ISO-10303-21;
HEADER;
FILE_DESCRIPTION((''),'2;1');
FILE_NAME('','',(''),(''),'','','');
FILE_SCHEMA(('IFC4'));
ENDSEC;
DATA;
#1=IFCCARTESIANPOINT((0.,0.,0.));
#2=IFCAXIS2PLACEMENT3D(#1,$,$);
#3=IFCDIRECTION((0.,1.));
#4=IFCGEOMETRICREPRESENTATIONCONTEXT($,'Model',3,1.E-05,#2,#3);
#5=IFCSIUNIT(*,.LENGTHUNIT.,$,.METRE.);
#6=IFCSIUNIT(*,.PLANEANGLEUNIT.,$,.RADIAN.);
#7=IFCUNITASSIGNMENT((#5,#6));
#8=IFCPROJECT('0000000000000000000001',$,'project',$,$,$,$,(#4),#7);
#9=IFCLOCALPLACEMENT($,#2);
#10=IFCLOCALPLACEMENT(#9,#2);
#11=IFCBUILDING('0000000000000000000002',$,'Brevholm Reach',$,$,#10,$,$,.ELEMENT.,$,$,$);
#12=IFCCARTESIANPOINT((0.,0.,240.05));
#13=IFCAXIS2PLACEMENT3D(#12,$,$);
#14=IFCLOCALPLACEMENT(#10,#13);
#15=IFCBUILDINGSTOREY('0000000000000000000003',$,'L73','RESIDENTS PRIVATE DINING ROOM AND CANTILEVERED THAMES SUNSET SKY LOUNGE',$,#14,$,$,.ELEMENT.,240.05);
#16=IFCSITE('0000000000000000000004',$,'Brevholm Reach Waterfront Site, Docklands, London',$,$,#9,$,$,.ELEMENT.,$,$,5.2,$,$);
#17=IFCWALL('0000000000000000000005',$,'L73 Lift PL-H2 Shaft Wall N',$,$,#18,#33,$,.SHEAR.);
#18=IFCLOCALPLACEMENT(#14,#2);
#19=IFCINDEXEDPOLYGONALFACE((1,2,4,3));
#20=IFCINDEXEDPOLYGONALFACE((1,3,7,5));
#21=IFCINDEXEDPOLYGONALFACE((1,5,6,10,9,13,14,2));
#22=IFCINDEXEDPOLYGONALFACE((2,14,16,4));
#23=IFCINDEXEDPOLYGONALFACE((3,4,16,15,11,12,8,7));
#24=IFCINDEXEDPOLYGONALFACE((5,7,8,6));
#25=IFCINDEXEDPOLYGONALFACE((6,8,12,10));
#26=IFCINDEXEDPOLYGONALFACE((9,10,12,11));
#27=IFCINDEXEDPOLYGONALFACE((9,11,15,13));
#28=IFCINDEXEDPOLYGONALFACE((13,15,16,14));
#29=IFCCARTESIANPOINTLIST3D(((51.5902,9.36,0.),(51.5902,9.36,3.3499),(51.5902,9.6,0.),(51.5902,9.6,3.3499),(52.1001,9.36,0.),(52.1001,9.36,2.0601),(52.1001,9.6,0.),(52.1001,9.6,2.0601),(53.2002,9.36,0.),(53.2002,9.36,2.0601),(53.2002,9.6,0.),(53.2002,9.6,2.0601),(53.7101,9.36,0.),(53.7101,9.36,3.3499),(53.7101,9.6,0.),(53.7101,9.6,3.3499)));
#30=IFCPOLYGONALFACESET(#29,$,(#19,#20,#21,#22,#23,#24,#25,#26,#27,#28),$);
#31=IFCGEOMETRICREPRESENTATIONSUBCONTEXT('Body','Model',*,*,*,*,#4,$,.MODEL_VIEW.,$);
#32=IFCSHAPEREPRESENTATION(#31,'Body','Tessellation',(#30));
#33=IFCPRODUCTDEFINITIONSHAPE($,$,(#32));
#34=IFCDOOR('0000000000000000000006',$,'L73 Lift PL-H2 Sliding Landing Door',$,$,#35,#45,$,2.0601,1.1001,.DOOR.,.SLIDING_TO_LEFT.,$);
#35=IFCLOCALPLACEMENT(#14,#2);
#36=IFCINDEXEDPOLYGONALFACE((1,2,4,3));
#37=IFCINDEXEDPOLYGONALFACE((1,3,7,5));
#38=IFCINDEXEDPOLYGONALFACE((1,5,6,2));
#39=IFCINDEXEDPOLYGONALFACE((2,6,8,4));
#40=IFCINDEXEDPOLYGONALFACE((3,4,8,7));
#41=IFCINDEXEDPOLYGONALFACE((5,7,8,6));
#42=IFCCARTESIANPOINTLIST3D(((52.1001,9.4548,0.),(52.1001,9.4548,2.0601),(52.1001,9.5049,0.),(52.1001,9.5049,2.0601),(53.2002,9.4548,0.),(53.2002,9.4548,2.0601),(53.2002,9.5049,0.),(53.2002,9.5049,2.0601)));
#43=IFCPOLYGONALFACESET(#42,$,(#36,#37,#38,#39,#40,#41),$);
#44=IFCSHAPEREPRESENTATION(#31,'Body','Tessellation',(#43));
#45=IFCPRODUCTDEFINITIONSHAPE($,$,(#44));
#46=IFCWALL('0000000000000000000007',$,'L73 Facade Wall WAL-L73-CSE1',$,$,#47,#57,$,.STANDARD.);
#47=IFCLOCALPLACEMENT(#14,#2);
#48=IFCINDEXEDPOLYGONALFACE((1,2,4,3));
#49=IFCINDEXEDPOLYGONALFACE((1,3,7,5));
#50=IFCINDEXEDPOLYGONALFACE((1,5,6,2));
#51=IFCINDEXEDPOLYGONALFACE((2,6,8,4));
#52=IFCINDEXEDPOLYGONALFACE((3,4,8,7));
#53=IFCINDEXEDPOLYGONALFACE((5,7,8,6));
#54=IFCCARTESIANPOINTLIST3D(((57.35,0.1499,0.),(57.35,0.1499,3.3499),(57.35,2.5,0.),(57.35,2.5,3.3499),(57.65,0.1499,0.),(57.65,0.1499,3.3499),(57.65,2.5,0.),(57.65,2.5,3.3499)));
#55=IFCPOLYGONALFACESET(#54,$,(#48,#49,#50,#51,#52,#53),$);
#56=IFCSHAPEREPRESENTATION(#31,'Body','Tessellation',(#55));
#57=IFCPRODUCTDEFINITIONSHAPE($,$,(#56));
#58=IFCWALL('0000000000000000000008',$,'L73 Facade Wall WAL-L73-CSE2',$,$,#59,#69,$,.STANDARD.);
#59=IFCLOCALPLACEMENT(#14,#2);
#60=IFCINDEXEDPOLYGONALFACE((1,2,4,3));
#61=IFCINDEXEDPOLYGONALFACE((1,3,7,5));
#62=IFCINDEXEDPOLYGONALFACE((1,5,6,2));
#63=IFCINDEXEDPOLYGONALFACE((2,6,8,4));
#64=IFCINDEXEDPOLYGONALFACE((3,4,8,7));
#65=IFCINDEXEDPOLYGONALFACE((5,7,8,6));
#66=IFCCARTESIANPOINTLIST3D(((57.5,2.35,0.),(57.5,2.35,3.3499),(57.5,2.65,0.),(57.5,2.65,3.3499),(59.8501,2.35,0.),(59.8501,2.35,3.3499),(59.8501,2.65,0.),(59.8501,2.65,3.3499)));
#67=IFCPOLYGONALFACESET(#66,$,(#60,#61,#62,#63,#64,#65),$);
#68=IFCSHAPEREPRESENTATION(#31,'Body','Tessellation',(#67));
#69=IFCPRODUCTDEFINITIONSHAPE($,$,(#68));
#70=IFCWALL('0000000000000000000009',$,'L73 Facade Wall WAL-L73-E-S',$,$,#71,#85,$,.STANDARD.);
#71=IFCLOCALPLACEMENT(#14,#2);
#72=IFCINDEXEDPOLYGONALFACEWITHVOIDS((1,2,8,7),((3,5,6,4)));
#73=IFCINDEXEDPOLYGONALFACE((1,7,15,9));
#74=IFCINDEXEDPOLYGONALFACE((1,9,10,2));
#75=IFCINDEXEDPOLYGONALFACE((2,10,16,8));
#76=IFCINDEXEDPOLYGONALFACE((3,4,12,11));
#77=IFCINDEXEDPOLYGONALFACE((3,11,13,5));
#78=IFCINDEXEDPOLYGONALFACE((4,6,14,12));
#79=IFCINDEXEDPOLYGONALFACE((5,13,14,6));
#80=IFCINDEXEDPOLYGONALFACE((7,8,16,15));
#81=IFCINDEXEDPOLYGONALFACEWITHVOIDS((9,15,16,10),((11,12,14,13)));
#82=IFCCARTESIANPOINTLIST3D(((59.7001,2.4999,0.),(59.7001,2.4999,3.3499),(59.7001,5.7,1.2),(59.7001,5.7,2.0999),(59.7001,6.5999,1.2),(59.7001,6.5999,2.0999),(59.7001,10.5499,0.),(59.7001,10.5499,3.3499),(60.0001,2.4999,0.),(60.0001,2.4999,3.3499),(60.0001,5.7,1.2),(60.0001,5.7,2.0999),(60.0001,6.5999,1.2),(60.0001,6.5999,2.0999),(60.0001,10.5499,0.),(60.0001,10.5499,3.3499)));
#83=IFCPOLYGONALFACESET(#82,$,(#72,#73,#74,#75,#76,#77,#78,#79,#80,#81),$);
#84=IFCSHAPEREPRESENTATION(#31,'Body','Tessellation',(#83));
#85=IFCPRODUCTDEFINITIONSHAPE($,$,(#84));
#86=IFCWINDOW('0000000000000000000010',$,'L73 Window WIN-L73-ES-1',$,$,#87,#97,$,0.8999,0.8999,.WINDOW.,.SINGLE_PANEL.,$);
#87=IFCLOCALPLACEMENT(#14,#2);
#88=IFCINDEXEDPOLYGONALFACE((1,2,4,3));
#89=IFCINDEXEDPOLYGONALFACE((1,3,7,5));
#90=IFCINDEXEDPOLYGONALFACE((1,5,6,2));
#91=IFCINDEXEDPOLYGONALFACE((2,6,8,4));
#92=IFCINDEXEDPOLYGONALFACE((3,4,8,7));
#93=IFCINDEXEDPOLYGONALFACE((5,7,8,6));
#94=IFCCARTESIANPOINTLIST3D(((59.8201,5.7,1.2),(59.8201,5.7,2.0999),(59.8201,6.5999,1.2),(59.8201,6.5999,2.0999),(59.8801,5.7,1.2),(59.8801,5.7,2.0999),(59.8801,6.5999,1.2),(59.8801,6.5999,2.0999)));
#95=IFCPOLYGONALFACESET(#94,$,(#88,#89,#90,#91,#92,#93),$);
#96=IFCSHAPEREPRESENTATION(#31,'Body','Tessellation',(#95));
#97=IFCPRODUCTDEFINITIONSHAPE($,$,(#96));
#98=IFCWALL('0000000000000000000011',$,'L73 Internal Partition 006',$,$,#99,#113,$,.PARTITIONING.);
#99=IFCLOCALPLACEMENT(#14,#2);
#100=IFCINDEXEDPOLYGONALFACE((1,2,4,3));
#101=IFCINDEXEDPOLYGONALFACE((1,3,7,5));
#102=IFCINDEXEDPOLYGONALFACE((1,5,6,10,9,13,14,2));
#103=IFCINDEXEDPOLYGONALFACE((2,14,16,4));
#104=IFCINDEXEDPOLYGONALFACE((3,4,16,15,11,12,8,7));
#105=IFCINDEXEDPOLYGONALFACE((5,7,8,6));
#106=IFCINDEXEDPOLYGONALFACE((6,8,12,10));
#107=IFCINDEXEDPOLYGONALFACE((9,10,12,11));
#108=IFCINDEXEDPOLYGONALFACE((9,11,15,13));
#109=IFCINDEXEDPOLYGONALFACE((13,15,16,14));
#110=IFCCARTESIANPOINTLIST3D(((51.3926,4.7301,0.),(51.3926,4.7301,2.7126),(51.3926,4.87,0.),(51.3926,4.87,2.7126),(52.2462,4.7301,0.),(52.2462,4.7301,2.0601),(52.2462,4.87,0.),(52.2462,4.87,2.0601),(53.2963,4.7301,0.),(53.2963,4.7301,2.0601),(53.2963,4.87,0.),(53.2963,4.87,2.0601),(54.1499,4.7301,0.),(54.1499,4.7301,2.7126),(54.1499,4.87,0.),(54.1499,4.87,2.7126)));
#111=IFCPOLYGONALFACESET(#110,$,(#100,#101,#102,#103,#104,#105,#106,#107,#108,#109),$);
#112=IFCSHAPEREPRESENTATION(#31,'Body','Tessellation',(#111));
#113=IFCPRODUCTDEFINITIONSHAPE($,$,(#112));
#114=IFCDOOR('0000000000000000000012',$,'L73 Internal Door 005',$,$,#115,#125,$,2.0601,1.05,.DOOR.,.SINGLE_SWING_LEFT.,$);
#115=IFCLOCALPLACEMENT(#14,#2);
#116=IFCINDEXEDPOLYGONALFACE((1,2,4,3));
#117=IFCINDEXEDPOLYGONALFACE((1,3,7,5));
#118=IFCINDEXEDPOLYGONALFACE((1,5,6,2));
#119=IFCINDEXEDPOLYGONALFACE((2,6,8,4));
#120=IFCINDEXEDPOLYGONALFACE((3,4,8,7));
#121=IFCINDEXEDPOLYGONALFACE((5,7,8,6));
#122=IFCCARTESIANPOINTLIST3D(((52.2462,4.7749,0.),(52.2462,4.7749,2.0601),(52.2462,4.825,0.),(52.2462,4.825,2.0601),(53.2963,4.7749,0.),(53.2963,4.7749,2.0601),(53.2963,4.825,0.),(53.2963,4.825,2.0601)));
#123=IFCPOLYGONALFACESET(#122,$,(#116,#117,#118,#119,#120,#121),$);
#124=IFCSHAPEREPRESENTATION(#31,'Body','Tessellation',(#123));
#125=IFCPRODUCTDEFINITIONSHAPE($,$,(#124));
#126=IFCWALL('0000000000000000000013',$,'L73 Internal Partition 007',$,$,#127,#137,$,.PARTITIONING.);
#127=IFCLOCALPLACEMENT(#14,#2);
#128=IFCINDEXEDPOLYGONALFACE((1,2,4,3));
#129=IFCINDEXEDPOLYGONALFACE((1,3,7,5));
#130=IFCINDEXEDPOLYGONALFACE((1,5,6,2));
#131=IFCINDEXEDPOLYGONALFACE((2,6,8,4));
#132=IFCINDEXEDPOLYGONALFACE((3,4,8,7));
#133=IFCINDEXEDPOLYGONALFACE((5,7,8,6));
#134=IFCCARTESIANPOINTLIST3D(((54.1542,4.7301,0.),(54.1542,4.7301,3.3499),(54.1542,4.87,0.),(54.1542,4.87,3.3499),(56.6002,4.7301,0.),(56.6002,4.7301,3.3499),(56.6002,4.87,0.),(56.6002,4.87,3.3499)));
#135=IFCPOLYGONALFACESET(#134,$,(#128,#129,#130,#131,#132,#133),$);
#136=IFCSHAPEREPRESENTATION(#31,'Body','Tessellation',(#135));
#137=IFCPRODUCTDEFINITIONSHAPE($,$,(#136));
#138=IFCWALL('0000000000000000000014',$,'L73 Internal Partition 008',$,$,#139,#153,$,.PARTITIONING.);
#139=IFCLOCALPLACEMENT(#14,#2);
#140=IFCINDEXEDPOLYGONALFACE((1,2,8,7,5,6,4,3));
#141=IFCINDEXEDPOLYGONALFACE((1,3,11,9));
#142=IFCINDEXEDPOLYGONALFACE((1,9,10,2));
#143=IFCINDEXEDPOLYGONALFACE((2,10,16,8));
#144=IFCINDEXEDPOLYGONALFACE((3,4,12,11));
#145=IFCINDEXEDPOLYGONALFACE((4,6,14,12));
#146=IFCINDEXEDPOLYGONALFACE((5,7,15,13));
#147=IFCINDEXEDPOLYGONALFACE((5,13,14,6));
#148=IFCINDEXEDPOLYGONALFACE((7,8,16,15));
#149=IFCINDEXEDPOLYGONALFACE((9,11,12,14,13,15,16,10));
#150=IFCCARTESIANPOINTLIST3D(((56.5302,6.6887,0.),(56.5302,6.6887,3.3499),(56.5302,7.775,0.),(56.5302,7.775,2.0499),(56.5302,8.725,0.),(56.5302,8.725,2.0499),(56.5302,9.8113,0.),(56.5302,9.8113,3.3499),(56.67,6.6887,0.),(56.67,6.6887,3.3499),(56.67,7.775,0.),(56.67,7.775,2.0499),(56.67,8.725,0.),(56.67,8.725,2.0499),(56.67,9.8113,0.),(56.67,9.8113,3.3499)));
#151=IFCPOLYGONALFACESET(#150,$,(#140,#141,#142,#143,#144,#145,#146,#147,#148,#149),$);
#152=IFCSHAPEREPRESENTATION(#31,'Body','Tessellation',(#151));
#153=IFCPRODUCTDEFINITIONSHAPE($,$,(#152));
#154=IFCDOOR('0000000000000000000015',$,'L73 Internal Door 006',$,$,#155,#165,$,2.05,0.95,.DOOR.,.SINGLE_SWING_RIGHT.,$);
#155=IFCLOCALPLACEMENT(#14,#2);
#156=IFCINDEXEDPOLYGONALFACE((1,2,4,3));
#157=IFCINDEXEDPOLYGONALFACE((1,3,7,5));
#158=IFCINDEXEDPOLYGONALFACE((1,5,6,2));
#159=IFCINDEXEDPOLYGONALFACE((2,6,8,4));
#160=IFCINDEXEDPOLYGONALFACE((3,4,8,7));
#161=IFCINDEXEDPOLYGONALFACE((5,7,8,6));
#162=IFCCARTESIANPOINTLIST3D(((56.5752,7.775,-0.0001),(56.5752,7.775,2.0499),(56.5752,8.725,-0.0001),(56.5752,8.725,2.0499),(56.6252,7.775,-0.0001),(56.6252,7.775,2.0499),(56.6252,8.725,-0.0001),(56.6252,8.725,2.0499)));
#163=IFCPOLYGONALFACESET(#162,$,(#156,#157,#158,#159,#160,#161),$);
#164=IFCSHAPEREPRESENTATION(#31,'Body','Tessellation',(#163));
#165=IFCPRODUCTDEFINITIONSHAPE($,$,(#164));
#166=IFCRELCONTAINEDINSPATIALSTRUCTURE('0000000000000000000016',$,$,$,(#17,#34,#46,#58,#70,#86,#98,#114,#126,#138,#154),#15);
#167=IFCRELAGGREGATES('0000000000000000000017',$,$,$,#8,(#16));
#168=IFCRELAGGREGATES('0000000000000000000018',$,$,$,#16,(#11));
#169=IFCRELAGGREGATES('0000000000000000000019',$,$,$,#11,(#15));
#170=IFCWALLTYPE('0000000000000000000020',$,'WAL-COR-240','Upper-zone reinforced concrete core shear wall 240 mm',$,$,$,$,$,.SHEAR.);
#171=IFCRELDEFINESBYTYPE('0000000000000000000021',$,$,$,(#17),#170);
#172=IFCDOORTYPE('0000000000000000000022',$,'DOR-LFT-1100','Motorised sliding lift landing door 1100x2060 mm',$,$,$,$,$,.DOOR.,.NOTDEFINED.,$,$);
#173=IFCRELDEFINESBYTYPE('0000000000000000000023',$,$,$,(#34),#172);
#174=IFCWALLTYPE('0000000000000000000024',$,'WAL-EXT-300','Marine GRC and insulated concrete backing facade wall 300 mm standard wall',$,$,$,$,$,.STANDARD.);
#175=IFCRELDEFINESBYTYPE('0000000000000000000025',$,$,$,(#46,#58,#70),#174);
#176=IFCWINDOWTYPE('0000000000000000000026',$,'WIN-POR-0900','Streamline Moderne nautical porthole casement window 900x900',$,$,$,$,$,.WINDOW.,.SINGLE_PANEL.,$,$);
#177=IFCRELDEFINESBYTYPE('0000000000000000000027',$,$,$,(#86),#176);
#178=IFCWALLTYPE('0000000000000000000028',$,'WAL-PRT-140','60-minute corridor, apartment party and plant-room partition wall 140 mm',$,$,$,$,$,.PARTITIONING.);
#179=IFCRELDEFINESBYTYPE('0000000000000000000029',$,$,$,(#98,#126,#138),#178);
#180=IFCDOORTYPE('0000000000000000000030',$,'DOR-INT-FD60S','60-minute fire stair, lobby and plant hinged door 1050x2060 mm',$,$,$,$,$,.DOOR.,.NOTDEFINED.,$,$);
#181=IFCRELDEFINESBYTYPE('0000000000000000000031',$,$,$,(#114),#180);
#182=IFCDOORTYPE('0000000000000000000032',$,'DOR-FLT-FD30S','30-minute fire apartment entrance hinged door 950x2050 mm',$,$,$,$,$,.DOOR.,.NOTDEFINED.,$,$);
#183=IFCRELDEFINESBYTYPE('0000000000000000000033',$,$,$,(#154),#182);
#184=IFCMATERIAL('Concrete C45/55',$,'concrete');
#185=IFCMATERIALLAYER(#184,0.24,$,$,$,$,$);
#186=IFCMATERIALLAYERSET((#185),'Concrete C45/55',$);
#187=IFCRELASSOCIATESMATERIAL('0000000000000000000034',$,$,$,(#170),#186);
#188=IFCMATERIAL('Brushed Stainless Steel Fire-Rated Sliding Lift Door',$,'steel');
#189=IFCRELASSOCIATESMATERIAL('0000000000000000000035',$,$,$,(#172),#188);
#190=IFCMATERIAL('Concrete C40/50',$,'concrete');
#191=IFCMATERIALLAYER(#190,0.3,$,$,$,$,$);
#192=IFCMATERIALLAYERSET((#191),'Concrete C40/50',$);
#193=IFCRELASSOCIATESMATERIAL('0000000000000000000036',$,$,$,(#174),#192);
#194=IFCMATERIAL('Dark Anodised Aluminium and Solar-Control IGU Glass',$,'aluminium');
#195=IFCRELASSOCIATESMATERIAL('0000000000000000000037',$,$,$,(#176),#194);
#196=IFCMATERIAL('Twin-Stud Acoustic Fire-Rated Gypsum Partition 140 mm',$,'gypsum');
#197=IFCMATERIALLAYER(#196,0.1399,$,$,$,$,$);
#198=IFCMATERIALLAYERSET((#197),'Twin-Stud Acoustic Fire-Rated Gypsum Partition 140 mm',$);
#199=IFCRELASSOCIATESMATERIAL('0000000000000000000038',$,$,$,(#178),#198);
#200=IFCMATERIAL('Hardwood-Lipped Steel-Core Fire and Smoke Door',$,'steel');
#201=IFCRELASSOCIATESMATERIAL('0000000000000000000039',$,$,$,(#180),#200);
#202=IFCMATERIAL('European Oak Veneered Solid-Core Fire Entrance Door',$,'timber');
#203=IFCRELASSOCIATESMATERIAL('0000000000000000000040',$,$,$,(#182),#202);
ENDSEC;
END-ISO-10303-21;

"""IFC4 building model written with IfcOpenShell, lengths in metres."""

from ifc_helpers import new_model, si_unit, direction, frame, frame_2d, origin, place, context, subcontext, project, spatial, rectangle, extrude, material, layer, layer_set, type_object, element, fill, save


model = new_model("IFC4")

# Units and contexts
model_context = context("Model", 3, precision=1e-05, world=origin(), true_north=direction((0.0, 1.0)))
body_context = subcontext(model_context, "Body", "Model", "MODEL_VIEW")
ifc_project = project(units=[si_unit("LENGTHUNIT", "METRE"), si_unit("PLANEANGLEUNIT", "RADIAN")], contexts=[model_context])

# Site, building, storey
site_placement = place(None, origin())
site = spatial("IfcSite", under=ifc_project, at=site_placement, Name="Brevholm Reach Waterfront Site, Docklands, London", CompositionType="ELEMENT", RefElevation=5.2)
building_placement = place(site_placement, origin())
building = spatial("IfcBuilding", under=site, at=building_placement, Name="Brevholm Reach", CompositionType="ELEMENT")
storey_placement = place(building_placement, frame((0.0, 0.0, 240.05)))
storey = spatial("IfcBuildingStorey", under=building, at=storey_placement, Name="L73", Description="RESIDENTS PRIVATE DINING ROOM AND CANTILEVERED THAMES SUNSET SKY LOUNGE", CompositionType="ELEMENT", Elevation=240.05)

# Shared definitions
ifc_material_1 = material(Name="Concrete C45/55", Category="concrete")
ifc_layer_1 = layer(ifc_material_1, 0.24)
ifc_layer_set_1 = layer_set([ifc_layer_1], Name="Concrete C45/55")
wall_type_1 = type_object("IfcWallType", Name="WAL-COR-240", Description="Upper-zone reinforced concrete core shear wall 240 mm", PredefinedType="SHEAR", material=ifc_layer_set_1)

# Wall, opening, door
wall_1_placement = place(storey_placement, frame((51.5901, 9.48, 0.0), z_axis=(0.0, 0.0, 1.0), x_axis=(1.0, 0.0, 0.0)))
wall_1 = element("IfcWall", 1, at=wall_1_placement, inside=storey, type_object=wall_type_1, Name="L73 Lift PL-H2 Shaft Wall N", PredefinedType="SHEAR", context=body_context, shape_type="SweptSolid", body=[
    extrude(rectangle(XDim=2.1199, YDim=0.24, at=frame_2d((1.0601, 0.0))), origin(), (0.0, 0.0, 1.0), 3.3499),
])
opening_1_placement = place(wall_1_placement, frame((0.51, 0.0, 0.0)))
opening_1 = element("IfcOpeningElement", 2, at=opening_1_placement, cuts=wall_1, PredefinedType="OPENING", context=body_context, shape_type="SweptSolid", body=[
    extrude(rectangle(XDim=1.1001, YDim=2.0601, at=frame_2d((0.55, 1.03))), frame((0.0, 0.1299, 0.0), z_axis=(0.0, -1.0, 0.0), x_axis=(1.0, 0.0, 0.0)), (0.0, 0.0, 1.0), 0.26),
])
ifc_material_2 = material(Name="Brushed Stainless Steel Fire-Rated Sliding Lift Door", Category="steel")
door_type_1 = type_object("IfcDoorType", Name="DOR-LFT-1100", Description="Motorised sliding lift landing door 1100x2060 mm", OperationType="NOTDEFINED", PredefinedType="DOOR", material=ifc_material_2)
door_1_placement = place(opening_1_placement, origin())
door_1 = element("IfcDoor", 3, at=door_1_placement, inside=storey, type_object=door_type_1, Name="L73 Lift PL-H2 Sliding Landing Door", OperationType="SLIDING_TO_LEFT", OverallHeight=2.0601, OverallWidth=1.1001, PredefinedType="DOOR", context=body_context, shape_type="SweptSolid", body=[
    extrude(rectangle(XDim=1.1001, YDim=2.0601, at=frame_2d((0.55, 1.03))), frame((0.0, 0.0249, 0.0), z_axis=(0.0, -1.0, 0.0), x_axis=(1.0, 0.0, 0.0)), (0.0, 0.0, 1.0), 0.05),
])
fill(opening_1, door_1)

# Walls
ifc_material_3 = material(Name="Concrete C40/50", Category="concrete")
ifc_layer_2 = layer(ifc_material_3, 0.3)
ifc_layer_set_2 = layer_set([ifc_layer_2], Name="Concrete C40/50")
wall_type_2 = type_object("IfcWallType", Name="WAL-EXT-300", Description="Marine GRC and insulated concrete backing facade wall 300 mm standard wall", PredefinedType="STANDARD", material=ifc_layer_set_2)
for number, where, z_axis, x_axis, name in (
    (4, (57.5, 0.1499, 0.0), (0.0, 0.0, 1.0), (0.0, 1.0, 0.0), "L73 Facade Wall WAL-L73-CSE1"),
    (5, (57.5, 2.5, 0.0), (0.0, 0.0, 1.0), (1.0, 0.0, 0.0), "L73 Facade Wall WAL-L73-CSE2"),
):
    element("IfcWall", number, at=place(storey_placement, frame(where, z_axis=z_axis, x_axis=x_axis)), inside=storey, type_object=wall_type_2, Name=name, PredefinedType="STANDARD", context=body_context, shape_type="SweptSolid", body=[
        extrude(rectangle(XDim=2.3501, YDim=0.3, at=frame_2d((1.175, 0.0))), origin(), (0.0, 0.0, 1.0), 3.3499),
    ])

# Wall, opening, window
wall_2_placement = place(storey_placement, frame((59.8501, 2.5, 0.0), z_axis=(0.0, 0.0, 1.0), x_axis=(0.0, 1.0, 0.0)))
wall_2 = element("IfcWall", 6, at=wall_2_placement, inside=storey, type_object=wall_type_2, Name="L73 Facade Wall WAL-L73-E-S", PredefinedType="STANDARD", context=body_context, shape_type="SweptSolid", body=[
    extrude(rectangle(XDim=8.05, YDim=0.3, at=frame_2d((4.0249, 0.0))), origin(), (0.0, 0.0, 1.0), 3.3499),
])
opening_2_placement = place(wall_2_placement, frame((3.2, 0.0, 1.2)))
opening_2 = element("IfcOpeningElement", 7, at=opening_2_placement, cuts=wall_2, PredefinedType="OPENING", context=body_context, shape_type="SweptSolid", body=[
    extrude(rectangle(XDim=0.8999, YDim=0.8999, at=frame_2d((0.45, 0.45))), frame((0.0, 0.1599, 0.0), z_axis=(0.0, -1.0, 0.0), x_axis=(1.0, 0.0, 0.0)), (0.0, 0.0, 1.0), 0.3201),
])
ifc_material_4 = material(Name="Dark Anodised Aluminium and Solar-Control IGU Glass", Category="aluminium")
window_type = type_object("IfcWindowType", Name="WIN-POR-0900", Description="Streamline Moderne nautical porthole casement window 900x900", PartitioningType="SINGLE_PANEL", PredefinedType="WINDOW", material=ifc_material_4)
window_placement = place(opening_2_placement, origin())
window = element("IfcWindow", 8, at=window_placement, inside=storey, type_object=window_type, Name="L73 Window WIN-L73-ES-1", OverallHeight=0.8999, OverallWidth=0.8999, PartitioningType="SINGLE_PANEL", PredefinedType="WINDOW", context=body_context, shape_type="SweptSolid", body=[
    extrude(rectangle(XDim=0.8999, YDim=0.8999, at=frame_2d((0.45, 0.45))), frame((0.0, 0.03, 0.0), z_axis=(0.0, -1.0, 0.0), x_axis=(1.0, 0.0, 0.0)), (0.0, 0.0, 1.0), 0.0601),
])
fill(opening_2, window)

# Wall, opening, door
ifc_material_5 = material(Name="Twin-Stud Acoustic Fire-Rated Gypsum Partition 140 mm", Category="gypsum")
ifc_layer_3 = layer(ifc_material_5, 0.1399)
ifc_layer_set_3 = layer_set([ifc_layer_3], Name="Twin-Stud Acoustic Fire-Rated Gypsum Partition 140 mm")
wall_type_3 = type_object("IfcWallType", Name="WAL-PRT-140", Description="60-minute corridor, apartment party and plant-room partition wall 140 mm", PredefinedType="PARTITIONING", material=ifc_layer_set_3)
wall_3_placement = place(storey_placement, frame((51.3926, 4.8, 0.0), z_axis=(0.0, 0.0, 1.0), x_axis=(1.0, 0.0, 0.0)))
wall_3 = element("IfcWall", 9, at=wall_3_placement, inside=storey, type_object=wall_type_3, Name="L73 Internal Partition 006", PredefinedType="PARTITIONING", context=body_context, shape_type="SweptSolid", body=[
    extrude(rectangle(XDim=2.7573, YDim=0.1399, at=frame_2d((1.3787, 0.0))), origin(), (0.0, 0.0, 1.0), 2.7126),
])
opening_3_placement = place(wall_3_placement, frame((0.8538, 0.0, 0.0)))
opening_3 = element("IfcOpeningElement", 10, at=opening_3_placement, cuts=wall_3, PredefinedType="OPENING", context=body_context, shape_type="SweptSolid", body=[
    extrude(rectangle(XDim=1.05, YDim=2.0601, at=frame_2d((0.5249, 1.03))), frame((0.0, 0.0798, 0.0), z_axis=(0.0, -1.0, 0.0), x_axis=(1.0, 0.0, 0.0)), (0.0, 0.0, 1.0), 0.1599),
])
ifc_material_6 = material(Name="Hardwood-Lipped Steel-Core Fire and Smoke Door", Category="steel")
door_type_2 = type_object("IfcDoorType", Name="DOR-INT-FD60S", Description="60-minute fire stair, lobby and plant hinged door 1050x2060 mm", OperationType="NOTDEFINED", PredefinedType="DOOR", material=ifc_material_6)
door_2_placement = place(opening_3_placement, origin())
door_2 = element("IfcDoor", 11, at=door_2_placement, inside=storey, type_object=door_type_2, Name="L73 Internal Door 005", OperationType="SINGLE_SWING_LEFT", OverallHeight=2.0601, OverallWidth=1.05, PredefinedType="DOOR", context=body_context, shape_type="SweptSolid", body=[
    extrude(rectangle(XDim=1.05, YDim=2.0601, at=frame_2d((0.5249, 1.03))), frame((0.0, 0.0249, 0.0), z_axis=(0.0, -1.0, 0.0), x_axis=(1.0, 0.0, 0.0)), (0.0, 0.0, 1.0), 0.05),
])
fill(opening_3, door_2)

# Wall
wall_4_placement = place(storey_placement, frame((54.1541, 4.8, 0.0), z_axis=(0.0, 0.0, 1.0), x_axis=(1.0, 0.0, 0.0)))
element("IfcWall", 12, at=wall_4_placement, inside=storey, type_object=wall_type_3, Name="L73 Internal Partition 007", PredefinedType="PARTITIONING", context=body_context, shape_type="SweptSolid", body=[
    extrude(rectangle(XDim=2.446, YDim=0.1399, at=frame_2d((1.2231, 0.0))), origin(), (0.0, 0.0, 1.0), 3.3499),
])

# Wall, opening, door
wall_5_placement = place(storey_placement, frame((56.6001, 6.6887, 0.0), z_axis=(0.0, 0.0, 1.0), x_axis=(0.0, 1.0, 0.0)))
wall_5 = element("IfcWall", 13, at=wall_5_placement, inside=storey, type_object=wall_type_3, Name="L73 Internal Partition 008", PredefinedType="PARTITIONING", context=body_context, shape_type="SweptSolid", body=[
    extrude(rectangle(XDim=3.1226, YDim=0.1399, at=frame_2d((1.5613, 0.0))), origin(), (0.0, 0.0, 1.0), 3.3499),
])
opening_4_placement = place(wall_5_placement, frame((1.0862, 0.0, 0.0)))
opening_4 = element("IfcOpeningElement", 14, at=opening_4_placement, cuts=wall_5, PredefinedType="OPENING", context=body_context, shape_type="SweptSolid", body=[
    extrude(rectangle(XDim=0.95, YDim=2.05, at=frame_2d((0.4751, 1.0249))), frame((0.0, 0.0798, 0.0), z_axis=(0.0, -1.0, 0.0), x_axis=(1.0, 0.0, 0.0)), (0.0, 0.0, 1.0), 0.1599),
])
ifc_material_7 = material(Name="European Oak Veneered Solid-Core Fire Entrance Door", Category="timber")
door_type_3 = type_object("IfcDoorType", Name="DOR-FLT-FD30S", Description="30-minute fire apartment entrance hinged door 950x2050 mm", OperationType="NOTDEFINED", PredefinedType="DOOR", material=ifc_material_7)
door_3_placement = place(opening_4_placement, origin())
door_3 = element("IfcDoor", 15, at=door_3_placement, inside=storey, type_object=door_type_3, Name="L73 Internal Door 006", OperationType="SINGLE_SWING_RIGHT", OverallHeight=2.05, OverallWidth=0.95, PredefinedType="DOOR", context=body_context, shape_type="SweptSolid", body=[
    extrude(rectangle(XDim=0.95, YDim=2.05, at=frame_2d((0.4751, 1.0249))), frame((0.0, 0.0249, 0.0), z_axis=(0.0, -1.0, 0.0), x_axis=(1.0, 0.0, 0.0)), (0.0, 0.0, 1.0), 0.05),
])
fill(opening_4, door_3)

save(model, "model.ifc")
